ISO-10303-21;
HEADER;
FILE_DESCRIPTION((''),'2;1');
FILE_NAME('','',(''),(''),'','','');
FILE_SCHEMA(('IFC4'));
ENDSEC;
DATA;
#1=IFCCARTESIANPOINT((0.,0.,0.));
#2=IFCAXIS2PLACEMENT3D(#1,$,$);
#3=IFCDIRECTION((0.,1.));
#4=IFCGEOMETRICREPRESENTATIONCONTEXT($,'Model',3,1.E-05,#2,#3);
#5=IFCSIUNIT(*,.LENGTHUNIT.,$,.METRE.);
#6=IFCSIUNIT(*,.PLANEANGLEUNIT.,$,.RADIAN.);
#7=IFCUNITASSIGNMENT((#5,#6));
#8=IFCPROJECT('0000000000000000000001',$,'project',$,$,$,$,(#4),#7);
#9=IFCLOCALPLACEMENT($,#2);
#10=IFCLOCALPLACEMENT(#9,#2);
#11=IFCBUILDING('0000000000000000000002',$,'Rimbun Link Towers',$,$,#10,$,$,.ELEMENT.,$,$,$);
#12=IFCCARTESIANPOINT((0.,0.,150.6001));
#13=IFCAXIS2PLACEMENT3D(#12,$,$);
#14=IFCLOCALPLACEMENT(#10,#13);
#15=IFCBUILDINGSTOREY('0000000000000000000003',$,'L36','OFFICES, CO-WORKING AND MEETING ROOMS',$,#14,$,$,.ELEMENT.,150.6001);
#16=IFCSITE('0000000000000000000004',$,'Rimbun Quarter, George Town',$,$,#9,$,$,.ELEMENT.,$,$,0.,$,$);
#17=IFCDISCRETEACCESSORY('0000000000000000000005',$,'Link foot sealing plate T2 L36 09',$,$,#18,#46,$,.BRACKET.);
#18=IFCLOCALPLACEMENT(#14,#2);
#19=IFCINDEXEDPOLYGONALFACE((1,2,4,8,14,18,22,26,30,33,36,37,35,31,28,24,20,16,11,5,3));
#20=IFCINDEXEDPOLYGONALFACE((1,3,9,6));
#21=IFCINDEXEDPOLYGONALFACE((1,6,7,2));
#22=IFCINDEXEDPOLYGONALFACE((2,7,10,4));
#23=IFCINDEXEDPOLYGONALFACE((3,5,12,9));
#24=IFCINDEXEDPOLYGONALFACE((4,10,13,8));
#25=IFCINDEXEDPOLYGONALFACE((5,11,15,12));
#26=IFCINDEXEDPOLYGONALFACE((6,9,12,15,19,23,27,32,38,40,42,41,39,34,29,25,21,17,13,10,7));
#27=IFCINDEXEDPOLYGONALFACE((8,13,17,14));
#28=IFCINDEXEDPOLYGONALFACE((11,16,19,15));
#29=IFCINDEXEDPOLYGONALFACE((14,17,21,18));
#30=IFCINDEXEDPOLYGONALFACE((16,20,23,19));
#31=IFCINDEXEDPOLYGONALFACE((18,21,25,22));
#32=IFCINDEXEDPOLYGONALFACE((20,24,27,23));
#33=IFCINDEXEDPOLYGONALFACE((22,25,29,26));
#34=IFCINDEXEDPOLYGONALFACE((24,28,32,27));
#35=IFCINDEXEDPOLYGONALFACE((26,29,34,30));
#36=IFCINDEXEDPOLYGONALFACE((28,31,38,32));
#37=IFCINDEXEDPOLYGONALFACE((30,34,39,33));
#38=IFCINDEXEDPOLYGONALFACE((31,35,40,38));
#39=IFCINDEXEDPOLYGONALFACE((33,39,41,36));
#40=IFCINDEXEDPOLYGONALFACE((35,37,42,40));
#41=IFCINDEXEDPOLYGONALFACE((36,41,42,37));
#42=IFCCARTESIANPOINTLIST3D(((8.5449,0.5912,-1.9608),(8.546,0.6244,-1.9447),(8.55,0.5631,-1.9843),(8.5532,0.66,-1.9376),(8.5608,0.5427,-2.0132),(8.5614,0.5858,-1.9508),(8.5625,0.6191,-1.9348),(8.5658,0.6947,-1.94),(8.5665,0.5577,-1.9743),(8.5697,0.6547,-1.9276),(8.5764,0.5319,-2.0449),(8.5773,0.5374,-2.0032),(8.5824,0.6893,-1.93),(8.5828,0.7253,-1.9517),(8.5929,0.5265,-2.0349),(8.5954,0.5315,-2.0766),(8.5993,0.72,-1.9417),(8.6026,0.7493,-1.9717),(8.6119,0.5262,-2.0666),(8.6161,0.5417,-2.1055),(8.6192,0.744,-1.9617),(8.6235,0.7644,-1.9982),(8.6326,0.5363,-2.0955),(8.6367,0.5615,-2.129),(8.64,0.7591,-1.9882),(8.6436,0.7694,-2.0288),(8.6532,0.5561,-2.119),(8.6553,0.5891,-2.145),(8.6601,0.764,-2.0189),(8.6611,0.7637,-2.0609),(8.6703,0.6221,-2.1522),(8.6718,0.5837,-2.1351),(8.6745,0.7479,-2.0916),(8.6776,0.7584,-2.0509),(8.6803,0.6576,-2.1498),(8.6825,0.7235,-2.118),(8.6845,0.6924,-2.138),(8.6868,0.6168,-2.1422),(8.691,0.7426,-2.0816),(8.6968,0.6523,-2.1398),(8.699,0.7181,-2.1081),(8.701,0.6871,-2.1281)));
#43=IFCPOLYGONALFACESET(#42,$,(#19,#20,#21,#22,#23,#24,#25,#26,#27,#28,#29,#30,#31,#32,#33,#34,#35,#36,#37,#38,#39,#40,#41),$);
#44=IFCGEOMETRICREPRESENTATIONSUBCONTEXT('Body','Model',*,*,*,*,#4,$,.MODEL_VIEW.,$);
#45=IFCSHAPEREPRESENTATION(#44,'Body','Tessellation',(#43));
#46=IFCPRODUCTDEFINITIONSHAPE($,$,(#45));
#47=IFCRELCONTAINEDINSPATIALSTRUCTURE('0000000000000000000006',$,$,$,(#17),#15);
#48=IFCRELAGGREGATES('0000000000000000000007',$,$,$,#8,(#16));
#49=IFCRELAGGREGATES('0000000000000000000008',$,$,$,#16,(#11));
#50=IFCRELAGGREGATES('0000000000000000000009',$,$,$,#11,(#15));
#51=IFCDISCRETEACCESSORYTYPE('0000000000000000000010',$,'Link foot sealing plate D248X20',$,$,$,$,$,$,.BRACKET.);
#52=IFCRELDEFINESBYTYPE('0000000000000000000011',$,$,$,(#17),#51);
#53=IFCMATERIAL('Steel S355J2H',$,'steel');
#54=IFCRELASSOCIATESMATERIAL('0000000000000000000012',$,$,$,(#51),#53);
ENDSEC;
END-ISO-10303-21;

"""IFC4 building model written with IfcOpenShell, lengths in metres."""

from ifc_helpers import new_model, si_unit, direction, frame, origin, origin_2d, place, context, subcontext, project, spatial, circle, extrude, material, material_profile, profile_set, type_object, element, save


model = new_model("IFC4")

# Units and contexts
model_context = context("Model", 3, precision=1e-05, world=origin(), true_north=direction((0.0, 1.0)))
body_context = subcontext(model_context, "Body", "Model", "MODEL_VIEW")
ifc_project = project(units=[si_unit("LENGTHUNIT", "METRE"), si_unit("PLANEANGLEUNIT", "RADIAN")], contexts=[model_context])

# Site, building, storey
site_placement = place(None, origin())
site = spatial("IfcSite", under=ifc_project, at=site_placement, Name="Rimbun Quarter, George Town", CompositionType="ELEMENT", RefElevation=0.0)
building_placement = place(site_placement, origin())
building = spatial("IfcBuilding", under=site, at=building_placement, Name="Rimbun Link Towers", CompositionType="ELEMENT")
storey_placement = place(building_placement, frame((0.0, 0.0, 150.6001)))
storey = spatial("IfcBuildingStorey", under=building, at=storey_placement, Name="L36", Description="OFFICES, CO-WORKING AND MEETING ROOMS", CompositionType="ELEMENT", Elevation=150.6001)

# Discrete accessory
ifc_material_1 = material(Name="Steel S355J2H", Category="steel")
ifc_material_profile_1 = material_profile(ifc_material_1, circle(Radius=0.124, at=origin_2d()), Name="PL D248")
ifc_profile_set_1 = profile_set([ifc_material_profile_1], Name="Steel S355J2H")
discrete_accessory_type = type_object("IfcDiscreteAccessoryType", Name="Link foot sealing plate D248X20", PredefinedType="BRACKET", material=ifc_profile_set_1)
discrete_accessory_placement = place(storey_placement, frame((8.6311, 0.6445, -2.0349), z_axis=(-0.825289, 0.267005, -0.497601), x_axis=(-0.30782, -0.951445, 0.0)))
element("IfcDiscreteAccessory", 1, at=discrete_accessory_placement, inside=storey, type_object=discrete_accessory_type, Name="Link foot sealing plate T2 L36 09", PredefinedType="BRACKET", context=body_context, shape_type="SweptSolid", body=[
    extrude(circle(Radius=0.124, at=origin_2d()), origin(), (0.0, 0.0, 1.0), 0.02),
])

save(model, "model.ifc")
